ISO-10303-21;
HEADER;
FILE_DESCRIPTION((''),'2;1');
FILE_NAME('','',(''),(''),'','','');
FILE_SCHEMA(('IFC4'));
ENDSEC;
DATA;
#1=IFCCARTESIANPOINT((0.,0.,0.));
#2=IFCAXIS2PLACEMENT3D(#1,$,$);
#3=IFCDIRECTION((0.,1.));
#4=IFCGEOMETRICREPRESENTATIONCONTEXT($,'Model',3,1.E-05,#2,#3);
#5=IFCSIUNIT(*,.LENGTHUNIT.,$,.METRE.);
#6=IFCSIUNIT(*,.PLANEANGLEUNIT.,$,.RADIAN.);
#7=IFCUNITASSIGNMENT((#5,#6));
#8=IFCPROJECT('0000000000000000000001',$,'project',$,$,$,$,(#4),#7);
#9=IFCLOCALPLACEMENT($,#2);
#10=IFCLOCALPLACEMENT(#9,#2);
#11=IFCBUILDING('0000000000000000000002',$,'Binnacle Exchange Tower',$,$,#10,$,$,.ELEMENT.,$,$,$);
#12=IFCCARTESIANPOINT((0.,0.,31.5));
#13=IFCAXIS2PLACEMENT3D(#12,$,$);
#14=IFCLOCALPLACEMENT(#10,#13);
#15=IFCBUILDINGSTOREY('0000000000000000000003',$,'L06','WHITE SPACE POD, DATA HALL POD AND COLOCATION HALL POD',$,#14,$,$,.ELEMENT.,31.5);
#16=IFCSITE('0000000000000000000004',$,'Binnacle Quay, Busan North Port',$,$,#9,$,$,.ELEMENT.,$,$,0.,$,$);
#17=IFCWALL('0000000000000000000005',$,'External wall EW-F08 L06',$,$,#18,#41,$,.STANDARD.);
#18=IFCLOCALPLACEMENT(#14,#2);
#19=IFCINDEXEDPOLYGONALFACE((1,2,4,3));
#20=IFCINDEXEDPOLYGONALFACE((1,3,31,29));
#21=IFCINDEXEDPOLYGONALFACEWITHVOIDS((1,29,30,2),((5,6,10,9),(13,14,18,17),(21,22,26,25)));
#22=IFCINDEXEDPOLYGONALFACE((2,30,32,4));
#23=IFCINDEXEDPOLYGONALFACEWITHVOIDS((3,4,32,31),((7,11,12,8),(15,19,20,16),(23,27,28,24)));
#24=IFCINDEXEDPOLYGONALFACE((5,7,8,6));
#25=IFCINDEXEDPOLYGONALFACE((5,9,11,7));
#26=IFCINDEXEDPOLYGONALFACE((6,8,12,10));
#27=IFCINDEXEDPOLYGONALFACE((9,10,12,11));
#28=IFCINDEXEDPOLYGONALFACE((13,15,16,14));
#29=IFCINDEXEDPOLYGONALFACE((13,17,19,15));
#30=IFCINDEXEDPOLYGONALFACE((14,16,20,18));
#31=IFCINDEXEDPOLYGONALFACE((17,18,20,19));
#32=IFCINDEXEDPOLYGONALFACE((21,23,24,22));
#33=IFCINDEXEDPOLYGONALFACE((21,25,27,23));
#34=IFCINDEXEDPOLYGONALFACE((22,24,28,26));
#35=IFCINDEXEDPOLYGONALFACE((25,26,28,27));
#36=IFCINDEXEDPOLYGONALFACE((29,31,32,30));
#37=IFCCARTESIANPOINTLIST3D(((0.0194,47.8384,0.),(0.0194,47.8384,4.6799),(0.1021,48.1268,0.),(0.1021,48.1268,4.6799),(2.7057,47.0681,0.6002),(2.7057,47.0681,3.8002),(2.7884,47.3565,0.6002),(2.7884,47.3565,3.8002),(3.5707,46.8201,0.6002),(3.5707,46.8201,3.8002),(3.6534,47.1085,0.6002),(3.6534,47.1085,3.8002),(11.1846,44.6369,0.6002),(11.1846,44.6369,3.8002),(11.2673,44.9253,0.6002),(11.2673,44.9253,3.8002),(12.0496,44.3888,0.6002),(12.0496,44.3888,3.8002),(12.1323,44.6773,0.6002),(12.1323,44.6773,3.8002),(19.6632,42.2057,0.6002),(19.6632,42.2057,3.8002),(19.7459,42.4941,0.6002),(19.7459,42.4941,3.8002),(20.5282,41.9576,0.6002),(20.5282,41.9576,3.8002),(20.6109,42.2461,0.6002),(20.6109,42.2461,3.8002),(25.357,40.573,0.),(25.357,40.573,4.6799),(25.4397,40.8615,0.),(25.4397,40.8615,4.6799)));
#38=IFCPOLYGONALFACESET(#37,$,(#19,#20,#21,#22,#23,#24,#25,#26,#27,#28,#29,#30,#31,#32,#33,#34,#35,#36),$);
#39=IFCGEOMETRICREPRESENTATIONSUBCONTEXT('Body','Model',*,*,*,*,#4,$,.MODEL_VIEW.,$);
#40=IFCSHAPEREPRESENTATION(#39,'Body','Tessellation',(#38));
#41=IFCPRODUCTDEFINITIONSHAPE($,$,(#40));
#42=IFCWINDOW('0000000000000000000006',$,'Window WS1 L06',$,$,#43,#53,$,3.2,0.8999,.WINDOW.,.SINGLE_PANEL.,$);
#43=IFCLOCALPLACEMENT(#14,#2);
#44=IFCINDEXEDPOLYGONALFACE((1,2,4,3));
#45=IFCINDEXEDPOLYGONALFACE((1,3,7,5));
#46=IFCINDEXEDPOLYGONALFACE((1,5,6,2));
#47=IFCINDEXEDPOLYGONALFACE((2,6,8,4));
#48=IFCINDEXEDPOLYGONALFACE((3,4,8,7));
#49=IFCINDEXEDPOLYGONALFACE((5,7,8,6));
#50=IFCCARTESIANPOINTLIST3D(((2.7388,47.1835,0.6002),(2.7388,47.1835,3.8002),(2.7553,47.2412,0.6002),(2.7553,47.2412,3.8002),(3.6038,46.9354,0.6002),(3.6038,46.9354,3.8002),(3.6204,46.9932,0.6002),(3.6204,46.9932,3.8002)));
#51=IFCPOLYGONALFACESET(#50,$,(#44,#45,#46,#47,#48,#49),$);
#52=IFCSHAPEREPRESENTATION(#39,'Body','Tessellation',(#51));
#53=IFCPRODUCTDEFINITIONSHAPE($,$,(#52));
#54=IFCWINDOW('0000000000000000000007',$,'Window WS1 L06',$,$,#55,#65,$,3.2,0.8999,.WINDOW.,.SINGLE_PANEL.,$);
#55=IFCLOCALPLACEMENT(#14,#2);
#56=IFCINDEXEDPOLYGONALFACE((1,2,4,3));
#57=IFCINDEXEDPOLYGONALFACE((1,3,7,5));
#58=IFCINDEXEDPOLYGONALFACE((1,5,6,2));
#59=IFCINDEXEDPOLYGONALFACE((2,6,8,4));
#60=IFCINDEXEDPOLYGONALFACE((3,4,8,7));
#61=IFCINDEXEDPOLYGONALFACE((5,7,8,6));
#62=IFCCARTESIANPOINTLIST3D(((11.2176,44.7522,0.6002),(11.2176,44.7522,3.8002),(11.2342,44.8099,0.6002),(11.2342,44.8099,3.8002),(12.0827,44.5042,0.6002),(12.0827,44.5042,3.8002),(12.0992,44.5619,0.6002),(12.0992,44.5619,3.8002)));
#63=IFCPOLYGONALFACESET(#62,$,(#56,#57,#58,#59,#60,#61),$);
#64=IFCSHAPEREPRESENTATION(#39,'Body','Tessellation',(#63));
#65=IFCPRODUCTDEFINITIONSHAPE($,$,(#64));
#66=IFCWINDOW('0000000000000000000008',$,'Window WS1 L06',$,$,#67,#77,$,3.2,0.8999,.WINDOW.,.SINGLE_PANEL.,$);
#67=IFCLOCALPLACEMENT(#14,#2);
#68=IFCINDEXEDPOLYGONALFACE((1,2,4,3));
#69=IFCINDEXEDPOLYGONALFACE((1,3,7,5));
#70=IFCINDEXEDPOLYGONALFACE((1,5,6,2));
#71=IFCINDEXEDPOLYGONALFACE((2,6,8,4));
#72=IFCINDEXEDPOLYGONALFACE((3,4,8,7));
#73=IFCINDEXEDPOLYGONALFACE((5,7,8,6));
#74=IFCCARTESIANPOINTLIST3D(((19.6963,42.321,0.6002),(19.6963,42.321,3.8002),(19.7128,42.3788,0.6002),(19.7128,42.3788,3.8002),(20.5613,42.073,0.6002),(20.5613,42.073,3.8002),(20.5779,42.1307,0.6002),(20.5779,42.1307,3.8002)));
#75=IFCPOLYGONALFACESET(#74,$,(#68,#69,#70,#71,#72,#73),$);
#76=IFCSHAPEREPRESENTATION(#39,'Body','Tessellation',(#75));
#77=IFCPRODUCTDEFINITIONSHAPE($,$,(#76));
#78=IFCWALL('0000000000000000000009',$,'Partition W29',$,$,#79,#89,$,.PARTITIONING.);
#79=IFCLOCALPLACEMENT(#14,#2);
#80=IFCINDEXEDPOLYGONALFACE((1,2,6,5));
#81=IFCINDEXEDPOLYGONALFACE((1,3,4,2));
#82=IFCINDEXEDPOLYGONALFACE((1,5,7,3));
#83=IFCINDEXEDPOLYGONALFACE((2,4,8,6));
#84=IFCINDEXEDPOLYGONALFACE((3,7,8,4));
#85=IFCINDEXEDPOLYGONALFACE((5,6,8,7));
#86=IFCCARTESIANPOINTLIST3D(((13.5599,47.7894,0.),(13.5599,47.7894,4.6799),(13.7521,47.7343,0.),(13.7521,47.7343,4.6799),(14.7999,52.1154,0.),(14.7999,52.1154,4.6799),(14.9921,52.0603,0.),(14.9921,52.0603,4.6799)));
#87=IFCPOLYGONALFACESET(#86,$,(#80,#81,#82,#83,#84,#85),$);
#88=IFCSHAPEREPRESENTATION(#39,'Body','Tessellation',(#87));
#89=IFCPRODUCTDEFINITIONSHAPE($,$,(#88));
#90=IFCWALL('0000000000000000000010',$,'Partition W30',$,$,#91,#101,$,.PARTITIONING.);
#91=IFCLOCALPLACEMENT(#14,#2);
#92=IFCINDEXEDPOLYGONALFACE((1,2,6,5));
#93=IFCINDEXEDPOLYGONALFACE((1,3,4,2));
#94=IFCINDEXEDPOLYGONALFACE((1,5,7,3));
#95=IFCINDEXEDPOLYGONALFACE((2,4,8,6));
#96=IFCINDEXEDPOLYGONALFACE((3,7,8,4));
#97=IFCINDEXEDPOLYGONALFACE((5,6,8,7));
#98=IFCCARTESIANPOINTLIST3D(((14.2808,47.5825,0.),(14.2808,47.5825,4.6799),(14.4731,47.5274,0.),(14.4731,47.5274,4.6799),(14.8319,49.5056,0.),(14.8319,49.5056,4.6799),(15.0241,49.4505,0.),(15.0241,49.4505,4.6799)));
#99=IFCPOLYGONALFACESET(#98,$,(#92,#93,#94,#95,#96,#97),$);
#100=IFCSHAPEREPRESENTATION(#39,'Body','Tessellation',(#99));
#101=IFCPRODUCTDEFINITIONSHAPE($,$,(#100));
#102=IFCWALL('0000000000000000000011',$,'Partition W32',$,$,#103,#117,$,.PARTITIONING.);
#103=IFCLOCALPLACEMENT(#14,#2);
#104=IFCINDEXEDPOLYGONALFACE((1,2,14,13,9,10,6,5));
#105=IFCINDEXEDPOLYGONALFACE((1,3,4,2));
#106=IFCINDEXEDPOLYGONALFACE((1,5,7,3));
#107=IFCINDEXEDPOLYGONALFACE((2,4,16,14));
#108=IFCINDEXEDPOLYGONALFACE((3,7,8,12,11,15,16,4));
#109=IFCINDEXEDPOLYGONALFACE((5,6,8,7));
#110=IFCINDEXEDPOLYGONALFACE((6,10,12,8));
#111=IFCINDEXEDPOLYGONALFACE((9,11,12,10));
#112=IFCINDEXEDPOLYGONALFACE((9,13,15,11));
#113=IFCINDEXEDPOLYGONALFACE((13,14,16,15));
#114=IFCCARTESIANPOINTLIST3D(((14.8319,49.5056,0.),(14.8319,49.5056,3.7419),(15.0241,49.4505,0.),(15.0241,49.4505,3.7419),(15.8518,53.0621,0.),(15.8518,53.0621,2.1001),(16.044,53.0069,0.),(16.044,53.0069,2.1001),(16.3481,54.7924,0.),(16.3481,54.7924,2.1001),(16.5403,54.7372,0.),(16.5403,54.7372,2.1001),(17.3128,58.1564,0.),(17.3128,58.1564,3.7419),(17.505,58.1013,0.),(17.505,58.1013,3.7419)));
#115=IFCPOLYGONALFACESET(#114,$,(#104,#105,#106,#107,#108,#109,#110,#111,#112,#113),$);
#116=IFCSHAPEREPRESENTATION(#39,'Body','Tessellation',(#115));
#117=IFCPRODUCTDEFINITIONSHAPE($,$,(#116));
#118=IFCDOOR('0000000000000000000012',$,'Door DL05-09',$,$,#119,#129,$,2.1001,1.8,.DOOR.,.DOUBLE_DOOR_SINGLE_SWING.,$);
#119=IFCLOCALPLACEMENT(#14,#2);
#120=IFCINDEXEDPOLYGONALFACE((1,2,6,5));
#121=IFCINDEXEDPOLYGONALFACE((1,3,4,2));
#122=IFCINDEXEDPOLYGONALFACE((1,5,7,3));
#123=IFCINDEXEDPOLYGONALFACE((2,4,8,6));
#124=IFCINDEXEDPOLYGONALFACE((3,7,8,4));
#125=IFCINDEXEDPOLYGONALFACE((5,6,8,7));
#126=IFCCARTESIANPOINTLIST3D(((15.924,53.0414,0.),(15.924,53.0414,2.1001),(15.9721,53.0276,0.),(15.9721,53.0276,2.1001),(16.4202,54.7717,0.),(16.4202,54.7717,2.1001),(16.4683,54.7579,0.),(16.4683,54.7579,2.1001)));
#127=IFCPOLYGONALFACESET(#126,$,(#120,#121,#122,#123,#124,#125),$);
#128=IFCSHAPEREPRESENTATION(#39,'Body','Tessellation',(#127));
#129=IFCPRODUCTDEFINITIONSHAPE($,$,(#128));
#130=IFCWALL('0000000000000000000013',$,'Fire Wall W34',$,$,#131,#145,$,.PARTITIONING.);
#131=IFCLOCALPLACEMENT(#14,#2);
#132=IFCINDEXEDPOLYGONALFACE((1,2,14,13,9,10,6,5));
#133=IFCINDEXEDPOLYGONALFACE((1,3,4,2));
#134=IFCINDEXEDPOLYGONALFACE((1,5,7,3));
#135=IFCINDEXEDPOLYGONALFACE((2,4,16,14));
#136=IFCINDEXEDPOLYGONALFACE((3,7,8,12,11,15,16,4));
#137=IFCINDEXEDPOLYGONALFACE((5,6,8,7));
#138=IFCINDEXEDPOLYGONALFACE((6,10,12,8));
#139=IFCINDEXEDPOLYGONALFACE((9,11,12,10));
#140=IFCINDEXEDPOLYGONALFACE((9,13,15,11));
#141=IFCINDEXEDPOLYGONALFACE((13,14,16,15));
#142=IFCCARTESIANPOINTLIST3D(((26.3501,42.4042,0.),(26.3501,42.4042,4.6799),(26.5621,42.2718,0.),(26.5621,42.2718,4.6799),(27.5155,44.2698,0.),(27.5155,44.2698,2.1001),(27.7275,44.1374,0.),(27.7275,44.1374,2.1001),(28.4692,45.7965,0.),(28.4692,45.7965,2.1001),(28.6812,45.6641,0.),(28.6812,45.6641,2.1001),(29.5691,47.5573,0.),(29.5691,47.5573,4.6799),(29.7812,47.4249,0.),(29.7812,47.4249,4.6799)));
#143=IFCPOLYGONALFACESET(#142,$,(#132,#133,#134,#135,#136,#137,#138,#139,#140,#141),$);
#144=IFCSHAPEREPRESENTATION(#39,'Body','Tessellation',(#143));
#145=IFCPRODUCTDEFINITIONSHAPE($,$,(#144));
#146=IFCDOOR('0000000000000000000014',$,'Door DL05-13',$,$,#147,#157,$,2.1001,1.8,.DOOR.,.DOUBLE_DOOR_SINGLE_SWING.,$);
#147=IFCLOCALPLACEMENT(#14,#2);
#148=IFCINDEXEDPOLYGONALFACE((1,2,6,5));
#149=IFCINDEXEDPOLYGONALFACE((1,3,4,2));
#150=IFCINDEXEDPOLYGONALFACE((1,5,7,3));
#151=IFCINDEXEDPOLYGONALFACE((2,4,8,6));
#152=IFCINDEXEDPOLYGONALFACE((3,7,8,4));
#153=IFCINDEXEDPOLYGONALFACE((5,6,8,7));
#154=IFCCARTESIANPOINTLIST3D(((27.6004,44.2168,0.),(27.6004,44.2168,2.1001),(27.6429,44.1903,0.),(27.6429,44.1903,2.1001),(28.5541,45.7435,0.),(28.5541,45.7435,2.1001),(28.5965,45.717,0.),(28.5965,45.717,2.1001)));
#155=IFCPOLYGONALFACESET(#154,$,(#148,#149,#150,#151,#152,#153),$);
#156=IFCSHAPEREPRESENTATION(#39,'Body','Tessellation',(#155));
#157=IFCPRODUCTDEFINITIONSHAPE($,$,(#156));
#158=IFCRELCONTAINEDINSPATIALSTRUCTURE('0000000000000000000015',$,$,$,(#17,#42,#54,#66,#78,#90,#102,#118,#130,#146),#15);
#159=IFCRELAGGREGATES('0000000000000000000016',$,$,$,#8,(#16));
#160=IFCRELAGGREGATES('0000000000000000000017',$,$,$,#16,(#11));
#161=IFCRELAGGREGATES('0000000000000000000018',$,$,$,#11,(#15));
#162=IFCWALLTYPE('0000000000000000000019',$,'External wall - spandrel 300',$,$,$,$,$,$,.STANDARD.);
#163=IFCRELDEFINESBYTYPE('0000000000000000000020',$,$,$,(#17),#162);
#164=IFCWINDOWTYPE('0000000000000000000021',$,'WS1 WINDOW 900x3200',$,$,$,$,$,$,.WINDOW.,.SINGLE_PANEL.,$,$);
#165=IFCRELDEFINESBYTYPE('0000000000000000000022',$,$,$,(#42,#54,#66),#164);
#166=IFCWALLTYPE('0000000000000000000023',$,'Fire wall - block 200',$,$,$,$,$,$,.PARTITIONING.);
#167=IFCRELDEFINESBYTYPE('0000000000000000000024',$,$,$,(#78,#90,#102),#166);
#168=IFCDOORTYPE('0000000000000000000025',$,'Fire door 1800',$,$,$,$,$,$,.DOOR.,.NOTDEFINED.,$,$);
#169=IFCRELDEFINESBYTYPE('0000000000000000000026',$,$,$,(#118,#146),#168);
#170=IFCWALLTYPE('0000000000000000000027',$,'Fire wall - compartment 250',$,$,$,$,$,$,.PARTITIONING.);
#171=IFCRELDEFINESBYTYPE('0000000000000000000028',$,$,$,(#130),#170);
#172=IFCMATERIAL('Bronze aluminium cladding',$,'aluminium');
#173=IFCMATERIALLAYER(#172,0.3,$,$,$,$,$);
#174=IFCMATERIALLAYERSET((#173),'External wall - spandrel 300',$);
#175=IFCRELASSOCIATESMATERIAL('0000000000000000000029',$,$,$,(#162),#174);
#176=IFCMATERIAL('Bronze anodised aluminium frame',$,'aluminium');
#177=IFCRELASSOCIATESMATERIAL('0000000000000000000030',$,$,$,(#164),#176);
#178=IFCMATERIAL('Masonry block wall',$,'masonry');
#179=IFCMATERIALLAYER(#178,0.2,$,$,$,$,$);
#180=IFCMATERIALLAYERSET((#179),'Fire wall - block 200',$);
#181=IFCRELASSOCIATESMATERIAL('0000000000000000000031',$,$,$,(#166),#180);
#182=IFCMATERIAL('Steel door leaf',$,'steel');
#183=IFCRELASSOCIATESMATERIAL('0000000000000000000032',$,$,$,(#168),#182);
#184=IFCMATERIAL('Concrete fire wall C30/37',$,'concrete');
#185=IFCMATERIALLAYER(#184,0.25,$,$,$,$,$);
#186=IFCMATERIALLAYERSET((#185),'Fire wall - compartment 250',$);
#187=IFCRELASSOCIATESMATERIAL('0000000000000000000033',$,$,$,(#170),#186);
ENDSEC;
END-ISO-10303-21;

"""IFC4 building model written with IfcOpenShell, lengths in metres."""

from ifc_helpers import new_model, si_unit, direction, frame, frame_2d, origin, place, context, subcontext, project, spatial, rectangle, extrude, material, layer, layer_set, type_object, element, fill, save


model = new_model("IFC4")

# Units and contexts
model_context = context("Model", 3, precision=1e-05, world=origin(), true_north=direction((0.0, 1.0)))
body_context = subcontext(model_context, "Body", "Model", "MODEL_VIEW")
ifc_project = project(units=[si_unit("LENGTHUNIT", "METRE"), si_unit("PLANEANGLEUNIT", "RADIAN")], contexts=[model_context])

# Site, building, storey
site_placement = place(None, origin())
site = spatial("IfcSite", under=ifc_project, at=site_placement, Name="Binnacle Quay, Busan North Port", CompositionType="ELEMENT", RefElevation=0.0)
building_placement = place(site_placement, origin())
building = spatial("IfcBuilding", under=site, at=building_placement, Name="Binnacle Exchange Tower", CompositionType="ELEMENT")
storey_placement = place(building_placement, frame((0.0, 0.0, 31.5)))
storey = spatial("IfcBuildingStorey", under=building, at=storey_placement, Name="L06", Description="WHITE SPACE POD, DATA HALL POD AND COLOCATION HALL POD", CompositionType="ELEMENT", Elevation=31.5)

# Shared definitions
ifc_material_1 = material(Name="Steel door leaf", Category="steel")

# Wall, openings, windows
ifc_material_2 = material(Name="Bronze aluminium cladding", Category="aluminium")
ifc_layer_1 = layer(ifc_material_2, 0.3)
ifc_layer_set_1 = layer_set([ifc_layer_1], Name="External wall - spandrel 300")
wall_type_1 = type_object("IfcWallType", Name="External wall - spandrel 300", PredefinedType="STANDARD", material=ifc_layer_set_1)
wall_1_placement = place(storey_placement, frame((25.3982, 40.7173, 0.0), z_axis=(0.0, 0.0, 1.0), x_axis=(-0.961262, 0.275635, 0.0)))
wall_1 = element("IfcWall", 1, at=wall_1_placement, inside=storey, type_object=wall_type_1, Name="External wall EW-F08 L06", PredefinedType="STANDARD", context=body_context, shape_type="SweptSolid", body=[
    extrude(rectangle(XDim=26.3586, YDim=0.3, at=frame_2d((13.1792, 0.0))), origin(), (0.0, 0.0, 1.0), 4.6799),
])
opening_1_placement = place(wall_1_placement, frame((22.6641, 0.0, 0.6001)))
opening_1 = element("IfcOpeningElement", 2, at=opening_1_placement, cuts=wall_1, PredefinedType="OPENING", context=body_context, shape_type="SweptSolid", body=[
    extrude(rectangle(XDim=0.8999, YDim=3.2, at=frame_2d((0.45, 1.6001))), frame((0.0, 0.1599, 0.0), z_axis=(0.0, -1.0, 0.0), x_axis=(1.0, 0.0, 0.0)), (0.0, 0.0, 1.0), 0.3201),
])
opening_2_placement = place(wall_1_placement, frame((13.8435, 0.0, 0.6001)))
opening_2 = element("IfcOpeningElement", 3, at=opening_2_placement, cuts=wall_1, PredefinedType="OPENING", context=body_context, shape_type="SweptSolid", body=[
    extrude(rectangle(XDim=0.8999, YDim=3.2, at=frame_2d((0.45, 1.6001))), frame((0.0, 0.1599, 0.0), z_axis=(0.0, -1.0, 0.0), x_axis=(1.0, 0.0, 0.0)), (0.0, 0.0, 1.0), 0.3201),
])
opening_3_placement = place(wall_1_placement, frame((5.0232, 0.0, 0.6001)))
opening_3 = element("IfcOpeningElement", 4, at=opening_3_placement, cuts=wall_1, PredefinedType="OPENING", context=body_context, shape_type="SweptSolid", body=[
    extrude(rectangle(XDim=0.8999, YDim=3.2, at=frame_2d((0.45, 1.6001))), frame((0.0, 0.1599, 0.0), z_axis=(0.0, -1.0, 0.0), x_axis=(1.0, 0.0, 0.0)), (0.0, 0.0, 1.0), 0.3201),
])
ifc_material_3 = material(Name="Bronze anodised aluminium frame", Category="aluminium")
window_type = type_object("IfcWindowType", Name="WS1 WINDOW 900x3200", PartitioningType="SINGLE_PANEL", PredefinedType="WINDOW", material=ifc_material_3)
window_1_placement = place(opening_1_placement, origin())
window_1 = element("IfcWindow", 5, at=window_1_placement, inside=storey, type_object=window_type, Name="Window WS1 L06", OverallHeight=3.2, OverallWidth=0.8999, PartitioningType="SINGLE_PANEL", PredefinedType="WINDOW", context=body_context, shape_type="SweptSolid", body=[
    extrude(rectangle(XDim=0.8999, YDim=3.2, at=frame_2d((0.45, 1.6001))), frame((0.0, 0.03, 0.0), z_axis=(0.0, -1.0, 0.0), x_axis=(1.0, 0.0, 0.0)), (0.0, 0.0, 1.0), 0.0601),
])
fill(opening_1, window_1)
window_2_placement = place(opening_2_placement, origin())
window_2 = element("IfcWindow", 6, at=window_2_placement, inside=storey, type_object=window_type, Name="Window WS1 L06", OverallHeight=3.2, OverallWidth=0.8999, PartitioningType="SINGLE_PANEL", PredefinedType="WINDOW", context=body_context, shape_type="SweptSolid", body=[
    extrude(rectangle(XDim=0.8999, YDim=3.2, at=frame_2d((0.45, 1.6001))), frame((0.0, 0.03, 0.0), z_axis=(0.0, -1.0, 0.0), x_axis=(1.0, 0.0, 0.0)), (0.0, 0.0, 1.0), 0.0601),
])
fill(opening_2, window_2)
window_3_placement = place(opening_3_placement, origin())
window_3 = element("IfcWindow", 7, at=window_3_placement, inside=storey, type_object=window_type, Name="Window WS1 L06", OverallHeight=3.2, OverallWidth=0.8999, PartitioningType="SINGLE_PANEL", PredefinedType="WINDOW", context=body_context, shape_type="SweptSolid", body=[
    extrude(rectangle(XDim=0.8999, YDim=3.2, at=frame_2d((0.45, 1.6001))), frame((0.0, 0.03, 0.0), z_axis=(0.0, -1.0, 0.0), x_axis=(1.0, 0.0, 0.0)), (0.0, 0.0, 1.0), 0.0601),
])
fill(opening_3, window_3)

# Walls
ifc_material_4 = material(Name="Masonry block wall", Category="masonry")
ifc_layer_2 = layer(ifc_material_4, 0.2)
ifc_layer_set_2 = layer_set([ifc_layer_2], Name="Fire wall - block 200")
wall_type_2 = type_object("IfcWallType", Name="Fire wall - block 200", PredefinedType="PARTITIONING", material=ifc_layer_set_2)
wall_2_placement = place(storey_placement, frame((13.656, 47.762, 0.0), z_axis=(0.0, 0.0, 1.0), x_axis=(0.275545, 0.961288, 0.0)))
element("IfcWall", 8, at=wall_2_placement, inside=storey, type_object=wall_type_2, Name="Partition W29", PredefinedType="PARTITIONING", context=body_context, shape_type="SweptSolid", body=[
    extrude(rectangle(XDim=4.5002, YDim=0.2, at=frame_2d((2.25, 0.0))), origin(), (0.0, 0.0, 1.0), 4.6799),
])
wall_3_placement = place(storey_placement, frame((14.377, 47.5549, 0.0), z_axis=(0.0, 0.0, 1.0), x_axis=(0.275446, 0.961316, 0.0)))
element("IfcWall", 9, at=wall_3_placement, inside=storey, type_object=wall_type_2, Name="Partition W30", PredefinedType="PARTITIONING", context=body_context, shape_type="SweptSolid", body=[
    extrude(rectangle(XDim=2.0005, YDim=0.2, at=frame_2d((1.0002, 0.0))), origin(), (0.0, 0.0, 1.0), 4.6799),
])

# Walls, openings, doors
wall_4_placement = place(storey_placement, frame((14.928, 49.478, 0.0), z_axis=(0.0, 0.0, 1.0), x_axis=(0.275674, 0.961251, 0.0)))
wall_4 = element("IfcWall", 10, at=wall_4_placement, inside=storey, type_object=wall_type_2, Name="Partition W32", PredefinedType="PARTITIONING", context=body_context, shape_type="SweptSolid", body=[
    extrude(rectangle(XDim=8.9995, YDim=0.2, at=frame_2d((4.4998, 0.0))), origin(), (0.0, 0.0, 1.0), 3.7419),
])
opening_4_placement = place(wall_4_placement, frame((3.7, 0.0, 0.0)))
opening_4 = element("IfcOpeningElement", 11, at=opening_4_placement, cuts=wall_4, PredefinedType="OPENING", context=body_context, shape_type="SweptSolid", body=[
    extrude(rectangle(XDim=1.8, YDim=2.1001, at=frame_2d((0.8999, 1.05))), frame((0.0, 0.1099, 0.0), z_axis=(0.0, -1.0, 0.0), x_axis=(1.0, 0.0, 0.0)), (0.0, 0.0, 1.0), 0.22),
])
door_type_1 = type_object("IfcDoorType", Name="Fire door 1800", OperationType="NOTDEFINED", PredefinedType="DOOR", material=ifc_material_1)
door_1_placement = place(opening_4_placement, origin())
door_1 = element("IfcDoor", 12, at=door_1_placement, inside=storey, type_object=door_type_1, Name="Door DL05-09", OperationType="DOUBLE_DOOR_SINGLE_SWING", OverallHeight=2.1001, OverallWidth=1.8, PredefinedType="DOOR", context=body_context, shape_type="SweptSolid", body=[
    extrude(rectangle(XDim=1.8, YDim=2.1001, at=frame_2d((0.8999, 1.05))), frame((0.0, 0.0249, 0.0), z_axis=(0.0, -1.0, 0.0), x_axis=(1.0, 0.0, 0.0)), (0.0, 0.0, 1.0), 0.05),
])
fill(opening_4, door_1)
ifc_material_5 = material(Name="Concrete fire wall C30/37", Category="concrete")
ifc_layer_3 = layer(ifc_material_5, 0.25)
ifc_layer_set_3 = layer_set([ifc_layer_3], Name="Fire wall - compartment 250")
wall_type_3 = type_object("IfcWallType", Name="Fire wall - compartment 250", PredefinedType="PARTITIONING", material=ifc_layer_set_3)
wall_5_placement = place(storey_placement, frame((26.4561, 42.3379, 0.0), z_axis=(0.0, 0.0, 1.0), x_axis=(0.5298, 0.848122, 0.0)))
wall_5 = element("IfcWall", 13, at=wall_5_placement, inside=storey, type_object=wall_type_3, Name="Fire Wall W34", PredefinedType="PARTITIONING", context=body_context, shape_type="SweptSolid", body=[
    extrude(rectangle(XDim=6.0759, YDim=0.25, at=frame_2d((3.0381, 0.0))), origin(), (0.0, 0.0, 1.0), 4.6799),
])
opening_5_placement = place(wall_5_placement, frame((2.2, 0.0, 0.0)))
opening_5 = element("IfcOpeningElement", 14, at=opening_5_placement, cuts=wall_5, PredefinedType="OPENING", context=body_context, shape_type="SweptSolid", body=[
    extrude(rectangle(XDim=1.8, YDim=2.1001, at=frame_2d((0.8999, 1.05))), frame((0.0, 0.135, 0.0), z_axis=(0.0, -1.0, 0.0), x_axis=(1.0, 0.0, 0.0)), (0.0, 0.0, 1.0), 0.27),
])
door_2_placement = place(opening_5_placement, origin())
door_2 = element("IfcDoor", 15, at=door_2_placement, inside=storey, type_object=door_type_1, Name="Door DL05-13", OperationType="DOUBLE_DOOR_SINGLE_SWING", OverallHeight=2.1001, OverallWidth=1.8, PredefinedType="DOOR", context=body_context, shape_type="SweptSolid", body=[
    extrude(rectangle(XDim=1.8, YDim=2.1001, at=frame_2d((0.8999, 1.05))), frame((0.0, 0.0249, 0.0), z_axis=(0.0, -1.0, 0.0), x_axis=(1.0, 0.0, 0.0)), (0.0, 0.0, 1.0), 0.05),
])
fill(opening_5, door_2)

save(model, "model.ifc")
